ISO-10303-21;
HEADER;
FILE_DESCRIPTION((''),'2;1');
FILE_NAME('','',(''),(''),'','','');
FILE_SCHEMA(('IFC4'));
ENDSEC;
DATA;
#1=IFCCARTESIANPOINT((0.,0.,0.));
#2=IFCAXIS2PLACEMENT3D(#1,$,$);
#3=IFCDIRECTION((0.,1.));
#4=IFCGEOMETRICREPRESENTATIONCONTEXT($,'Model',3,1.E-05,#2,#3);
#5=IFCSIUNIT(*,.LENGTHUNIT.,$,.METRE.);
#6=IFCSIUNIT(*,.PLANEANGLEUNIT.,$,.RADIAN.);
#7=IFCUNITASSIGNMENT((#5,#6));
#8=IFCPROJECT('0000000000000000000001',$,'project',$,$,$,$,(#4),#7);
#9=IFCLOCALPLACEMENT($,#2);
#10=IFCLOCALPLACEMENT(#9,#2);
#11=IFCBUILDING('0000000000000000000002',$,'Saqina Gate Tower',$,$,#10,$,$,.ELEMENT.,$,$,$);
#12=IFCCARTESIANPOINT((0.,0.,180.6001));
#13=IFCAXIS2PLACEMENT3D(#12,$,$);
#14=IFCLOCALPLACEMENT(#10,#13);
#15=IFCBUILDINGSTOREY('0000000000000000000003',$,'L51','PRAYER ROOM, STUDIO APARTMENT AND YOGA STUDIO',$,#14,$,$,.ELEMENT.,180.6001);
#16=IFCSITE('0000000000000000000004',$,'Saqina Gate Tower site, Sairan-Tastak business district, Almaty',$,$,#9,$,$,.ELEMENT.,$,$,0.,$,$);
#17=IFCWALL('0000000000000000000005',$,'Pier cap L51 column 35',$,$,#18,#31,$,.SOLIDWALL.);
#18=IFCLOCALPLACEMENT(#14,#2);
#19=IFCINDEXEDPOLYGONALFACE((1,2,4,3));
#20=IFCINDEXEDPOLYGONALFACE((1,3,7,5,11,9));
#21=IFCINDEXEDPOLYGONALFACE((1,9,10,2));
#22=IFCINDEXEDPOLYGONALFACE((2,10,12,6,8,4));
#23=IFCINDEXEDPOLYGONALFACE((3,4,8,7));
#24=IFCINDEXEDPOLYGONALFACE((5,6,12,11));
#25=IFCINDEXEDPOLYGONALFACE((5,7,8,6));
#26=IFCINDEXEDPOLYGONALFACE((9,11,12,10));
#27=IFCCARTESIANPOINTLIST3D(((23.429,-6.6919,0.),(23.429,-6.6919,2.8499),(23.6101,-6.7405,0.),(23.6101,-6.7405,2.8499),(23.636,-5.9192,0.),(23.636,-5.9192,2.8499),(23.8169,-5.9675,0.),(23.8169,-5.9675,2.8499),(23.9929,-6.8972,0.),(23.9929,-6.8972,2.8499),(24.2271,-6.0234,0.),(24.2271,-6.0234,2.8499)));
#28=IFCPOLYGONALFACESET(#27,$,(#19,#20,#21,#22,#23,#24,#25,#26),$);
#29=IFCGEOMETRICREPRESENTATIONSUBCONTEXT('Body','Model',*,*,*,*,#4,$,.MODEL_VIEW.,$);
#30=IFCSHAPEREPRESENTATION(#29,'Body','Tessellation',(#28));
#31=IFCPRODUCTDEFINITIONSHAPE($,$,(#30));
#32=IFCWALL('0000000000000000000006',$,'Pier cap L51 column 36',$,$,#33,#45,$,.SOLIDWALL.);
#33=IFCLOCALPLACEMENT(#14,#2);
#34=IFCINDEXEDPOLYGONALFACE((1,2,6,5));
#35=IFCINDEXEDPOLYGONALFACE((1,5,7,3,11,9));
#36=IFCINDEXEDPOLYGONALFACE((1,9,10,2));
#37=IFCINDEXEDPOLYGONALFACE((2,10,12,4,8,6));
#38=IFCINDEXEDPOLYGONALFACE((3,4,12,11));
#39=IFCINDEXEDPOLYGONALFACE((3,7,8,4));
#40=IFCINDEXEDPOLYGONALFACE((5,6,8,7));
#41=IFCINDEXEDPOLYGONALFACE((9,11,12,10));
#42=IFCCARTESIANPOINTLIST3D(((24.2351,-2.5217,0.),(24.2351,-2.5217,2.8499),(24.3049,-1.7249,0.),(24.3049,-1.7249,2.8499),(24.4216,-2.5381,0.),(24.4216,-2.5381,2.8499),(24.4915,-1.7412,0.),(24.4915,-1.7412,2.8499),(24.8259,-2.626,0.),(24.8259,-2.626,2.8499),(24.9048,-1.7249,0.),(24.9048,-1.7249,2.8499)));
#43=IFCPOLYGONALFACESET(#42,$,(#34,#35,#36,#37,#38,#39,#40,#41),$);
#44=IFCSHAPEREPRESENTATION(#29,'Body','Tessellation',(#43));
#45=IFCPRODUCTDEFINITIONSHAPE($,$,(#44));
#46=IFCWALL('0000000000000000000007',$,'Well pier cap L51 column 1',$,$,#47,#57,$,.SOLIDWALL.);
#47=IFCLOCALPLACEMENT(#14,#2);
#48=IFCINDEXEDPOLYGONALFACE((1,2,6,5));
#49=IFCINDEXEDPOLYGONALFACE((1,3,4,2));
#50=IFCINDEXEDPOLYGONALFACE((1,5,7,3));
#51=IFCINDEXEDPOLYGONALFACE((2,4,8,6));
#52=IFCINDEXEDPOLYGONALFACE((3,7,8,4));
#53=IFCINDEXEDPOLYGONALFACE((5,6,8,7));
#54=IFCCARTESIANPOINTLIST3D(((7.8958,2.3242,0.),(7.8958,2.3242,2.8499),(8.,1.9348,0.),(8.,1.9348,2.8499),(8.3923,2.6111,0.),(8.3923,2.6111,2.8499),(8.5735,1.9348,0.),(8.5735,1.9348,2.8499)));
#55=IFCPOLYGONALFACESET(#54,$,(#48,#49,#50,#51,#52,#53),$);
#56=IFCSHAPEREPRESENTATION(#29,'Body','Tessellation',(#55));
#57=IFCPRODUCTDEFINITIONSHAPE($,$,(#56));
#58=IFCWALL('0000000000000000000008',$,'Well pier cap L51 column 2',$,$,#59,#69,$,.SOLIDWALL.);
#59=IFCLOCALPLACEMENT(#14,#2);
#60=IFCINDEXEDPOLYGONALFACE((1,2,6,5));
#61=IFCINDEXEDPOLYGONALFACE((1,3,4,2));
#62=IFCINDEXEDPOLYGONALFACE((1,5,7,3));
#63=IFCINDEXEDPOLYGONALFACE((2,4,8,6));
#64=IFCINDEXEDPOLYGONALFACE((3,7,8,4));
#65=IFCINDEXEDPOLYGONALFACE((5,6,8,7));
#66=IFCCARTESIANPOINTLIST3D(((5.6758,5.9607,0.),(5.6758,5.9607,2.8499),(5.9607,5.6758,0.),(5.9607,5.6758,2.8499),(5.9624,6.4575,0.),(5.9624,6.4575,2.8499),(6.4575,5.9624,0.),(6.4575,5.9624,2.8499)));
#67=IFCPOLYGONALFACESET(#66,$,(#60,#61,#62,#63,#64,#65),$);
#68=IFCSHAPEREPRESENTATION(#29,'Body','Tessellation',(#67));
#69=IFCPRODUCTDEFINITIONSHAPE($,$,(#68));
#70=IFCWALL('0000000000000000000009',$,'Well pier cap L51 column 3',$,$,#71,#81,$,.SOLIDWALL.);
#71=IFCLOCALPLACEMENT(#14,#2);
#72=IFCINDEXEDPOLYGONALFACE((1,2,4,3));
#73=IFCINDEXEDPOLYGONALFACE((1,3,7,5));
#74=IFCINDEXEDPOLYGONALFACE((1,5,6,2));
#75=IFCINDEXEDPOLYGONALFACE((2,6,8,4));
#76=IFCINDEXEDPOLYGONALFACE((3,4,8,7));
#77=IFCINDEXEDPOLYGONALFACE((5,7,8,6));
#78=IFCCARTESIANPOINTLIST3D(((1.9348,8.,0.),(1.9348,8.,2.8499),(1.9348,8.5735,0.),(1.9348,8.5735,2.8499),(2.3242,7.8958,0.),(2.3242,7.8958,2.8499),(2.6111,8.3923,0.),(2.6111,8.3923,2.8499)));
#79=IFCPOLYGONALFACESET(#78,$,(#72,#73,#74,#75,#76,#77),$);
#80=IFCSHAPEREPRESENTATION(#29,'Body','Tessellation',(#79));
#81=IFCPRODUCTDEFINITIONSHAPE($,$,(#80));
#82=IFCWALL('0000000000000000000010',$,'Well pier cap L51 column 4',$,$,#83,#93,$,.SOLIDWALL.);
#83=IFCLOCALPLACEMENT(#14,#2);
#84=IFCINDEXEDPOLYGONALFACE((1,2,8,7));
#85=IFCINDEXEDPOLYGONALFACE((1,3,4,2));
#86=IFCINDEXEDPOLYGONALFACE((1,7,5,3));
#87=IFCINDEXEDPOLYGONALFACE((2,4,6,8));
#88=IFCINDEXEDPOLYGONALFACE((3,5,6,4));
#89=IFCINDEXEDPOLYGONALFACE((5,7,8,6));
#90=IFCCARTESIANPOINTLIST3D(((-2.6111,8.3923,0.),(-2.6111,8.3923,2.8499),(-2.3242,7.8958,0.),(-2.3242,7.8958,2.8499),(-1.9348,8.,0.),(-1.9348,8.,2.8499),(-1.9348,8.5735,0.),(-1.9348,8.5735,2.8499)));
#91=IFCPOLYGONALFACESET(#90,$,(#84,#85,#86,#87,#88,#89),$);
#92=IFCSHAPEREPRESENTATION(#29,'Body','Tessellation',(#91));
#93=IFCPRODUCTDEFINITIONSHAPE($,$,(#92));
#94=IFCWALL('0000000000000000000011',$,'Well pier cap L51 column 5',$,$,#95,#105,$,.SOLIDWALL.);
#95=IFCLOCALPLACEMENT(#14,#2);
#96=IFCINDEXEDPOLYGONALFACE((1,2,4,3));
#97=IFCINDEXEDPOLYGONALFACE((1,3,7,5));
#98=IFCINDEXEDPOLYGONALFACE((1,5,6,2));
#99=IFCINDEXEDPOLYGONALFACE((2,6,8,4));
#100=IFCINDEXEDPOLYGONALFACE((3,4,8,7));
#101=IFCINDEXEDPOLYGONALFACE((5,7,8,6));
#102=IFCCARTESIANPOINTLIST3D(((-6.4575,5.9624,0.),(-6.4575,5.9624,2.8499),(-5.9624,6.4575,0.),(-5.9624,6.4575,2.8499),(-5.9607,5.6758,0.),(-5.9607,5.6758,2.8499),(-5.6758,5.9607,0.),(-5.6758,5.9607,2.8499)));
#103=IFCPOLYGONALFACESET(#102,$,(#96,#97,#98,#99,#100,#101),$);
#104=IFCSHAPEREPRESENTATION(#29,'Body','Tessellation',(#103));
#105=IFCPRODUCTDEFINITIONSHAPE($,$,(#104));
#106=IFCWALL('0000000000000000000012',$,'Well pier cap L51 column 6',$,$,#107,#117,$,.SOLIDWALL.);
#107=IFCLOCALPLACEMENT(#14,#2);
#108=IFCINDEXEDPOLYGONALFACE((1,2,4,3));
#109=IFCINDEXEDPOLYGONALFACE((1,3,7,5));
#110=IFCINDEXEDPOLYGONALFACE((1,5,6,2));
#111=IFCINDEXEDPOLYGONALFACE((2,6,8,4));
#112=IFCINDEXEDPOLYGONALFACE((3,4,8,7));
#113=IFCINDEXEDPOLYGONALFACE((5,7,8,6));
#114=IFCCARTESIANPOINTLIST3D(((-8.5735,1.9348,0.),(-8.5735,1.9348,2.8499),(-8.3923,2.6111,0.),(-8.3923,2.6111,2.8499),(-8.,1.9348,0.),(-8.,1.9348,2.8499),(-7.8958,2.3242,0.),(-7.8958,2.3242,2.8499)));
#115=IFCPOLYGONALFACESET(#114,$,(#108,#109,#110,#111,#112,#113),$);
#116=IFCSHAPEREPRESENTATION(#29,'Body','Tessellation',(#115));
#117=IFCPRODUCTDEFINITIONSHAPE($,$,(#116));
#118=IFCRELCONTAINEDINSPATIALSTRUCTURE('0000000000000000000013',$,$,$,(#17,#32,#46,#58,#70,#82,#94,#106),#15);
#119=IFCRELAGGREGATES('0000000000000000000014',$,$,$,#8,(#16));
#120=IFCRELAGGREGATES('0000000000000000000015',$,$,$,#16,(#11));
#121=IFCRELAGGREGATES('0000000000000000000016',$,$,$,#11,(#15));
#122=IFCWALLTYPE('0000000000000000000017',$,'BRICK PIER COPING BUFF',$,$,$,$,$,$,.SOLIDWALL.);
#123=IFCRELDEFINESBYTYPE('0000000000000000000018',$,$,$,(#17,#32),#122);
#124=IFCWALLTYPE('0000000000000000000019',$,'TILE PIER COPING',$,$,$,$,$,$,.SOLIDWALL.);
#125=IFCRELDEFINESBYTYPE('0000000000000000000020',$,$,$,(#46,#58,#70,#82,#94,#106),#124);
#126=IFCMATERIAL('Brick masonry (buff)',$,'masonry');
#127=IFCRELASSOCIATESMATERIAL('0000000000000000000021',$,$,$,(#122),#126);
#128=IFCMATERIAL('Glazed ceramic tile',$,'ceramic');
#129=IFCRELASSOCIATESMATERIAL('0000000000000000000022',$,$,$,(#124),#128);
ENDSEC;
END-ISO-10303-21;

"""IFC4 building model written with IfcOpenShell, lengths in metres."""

from ifc_helpers import new_model, si_unit, direction, frame, origin, place, context, subcontext, project, spatial, polyline, outline, extrude, material, type_object, element, save


model = new_model("IFC4")

# Units and contexts
model_context = context("Model", 3, precision=1e-05, world=origin(), true_north=direction((0.0, 1.0)))
body_context = subcontext(model_context, "Body", "Model", "MODEL_VIEW")
ifc_project = project(units=[si_unit("LENGTHUNIT", "METRE"), si_unit("PLANEANGLEUNIT", "RADIAN")], contexts=[model_context])

# Site, building, storey
site_placement = place(None, origin())
site = spatial("IfcSite", under=ifc_project, at=site_placement, Name="Saqina Gate Tower site, Sairan-Tastak business district, Almaty", CompositionType="ELEMENT", RefElevation=0.0)
building_placement = place(site_placement, origin())
building = spatial("IfcBuilding", under=site, at=building_placement, Name="Saqina Gate Tower", CompositionType="ELEMENT")
storey_placement = place(building_placement, frame((0.0, 0.0, 180.6001)))
storey = spatial("IfcBuildingStorey", under=building, at=storey_placement, Name="L51", Description="PRAYER ROOM, STUDIO APARTMENT AND YOGA STUDIO", CompositionType="ELEMENT", Elevation=180.6001)

# Walls
ifc_material_1 = material(Name="Brick masonry (buff)", Category="masonry")
wall_type_1 = type_object("IfcWallType", Name="BRICK PIER COPING BUFF", PredefinedType="SOLIDWALL", material=ifc_material_1)
wall_1_placement = place(storey_placement, origin())
element("IfcWall", 1, at=wall_1_placement, inside=storey, type_object=wall_type_1, Name="Pier cap L51 column 35", PredefinedType="SOLIDWALL", context=body_context, shape_type="SweptSolid", body=[
    extrude(outline(polyline([(24.2271, -6.0234), (23.636, -5.9192), (23.8169, -5.9675), (23.6101, -6.7405), (23.429, -6.6919), (23.9929, -6.8972), (24.2271, -6.0234)])), origin(), (0.0, 0.0, 1.0), 2.8499),
])
wall_2_placement = place(storey_placement, origin())
element("IfcWall", 2, at=wall_2_placement, inside=storey, type_object=wall_type_1, Name="Pier cap L51 column 36", PredefinedType="SOLIDWALL", context=body_context, shape_type="SweptSolid", body=[
    extrude(outline(polyline([(24.8259, -2.626), (24.9048, -1.7249), (24.3049, -1.7249), (24.4915, -1.7412), (24.4216, -2.5381), (24.2351, -2.5217), (24.8259, -2.626)])), origin(), (0.0, 0.0, 1.0), 2.8499),
])
ifc_material_2 = material(Name="Glazed ceramic tile", Category="ceramic")
wall_type_2 = type_object("IfcWallType", Name="TILE PIER COPING", PredefinedType="SOLIDWALL", material=ifc_material_2)
wall_3_placement = place(storey_placement, origin())
element("IfcWall", 3, at=wall_3_placement, inside=storey, type_object=wall_type_2, Name="Well pier cap L51 column 1", PredefinedType="SOLIDWALL", context=body_context, shape_type="SweptSolid", body=[
    extrude(outline(polyline([(8.3923, 2.6111), (7.8958, 2.3242), (8.0, 1.9348), (8.5735, 1.9348), (8.3923, 2.6111)])), origin(), (0.0, 0.0, 1.0), 2.8499),
])
wall_4_placement = place(storey_placement, origin())
element("IfcWall", 4, at=wall_4_placement, inside=storey, type_object=wall_type_2, Name="Well pier cap L51 column 2", PredefinedType="SOLIDWALL", context=body_context, shape_type="SweptSolid", body=[
    extrude(outline(polyline([(5.9624, 6.4575), (5.6758, 5.9607), (5.9607, 5.6758), (6.4575, 5.9624), (5.9624, 6.4575)])), origin(), (0.0, 0.0, 1.0), 2.8499),
])
wall_5_placement = place(storey_placement, origin())
element("IfcWall", 5, at=wall_5_placement, inside=storey, type_object=wall_type_2, Name="Well pier cap L51 column 3", PredefinedType="SOLIDWALL", context=body_context, shape_type="SweptSolid", body=[
    extrude(outline(polyline([(1.9348, 8.5735), (1.9348, 8.0), (2.3242, 7.8958), (2.6111, 8.3923), (1.9348, 8.5735)])), origin(), (0.0, 0.0, 1.0), 2.8499),
])
wall_6_placement = place(storey_placement, origin())
element("IfcWall", 6, at=wall_6_placement, inside=storey, type_object=wall_type_2, Name="Well pier cap L51 column 4", PredefinedType="SOLIDWALL", context=body_context, shape_type="SweptSolid", body=[
    extrude(outline(polyline([(-1.9348, 8.0), (-1.9348, 8.5735), (-2.6111, 8.3923), (-2.3242, 7.8958), (-1.9348, 8.0)])), origin(), (0.0, 0.0, 1.0), 2.8499),
])
wall_7_placement = place(storey_placement, origin())
element("IfcWall", 7, at=wall_7_placement, inside=storey, type_object=wall_type_2, Name="Well pier cap L51 column 5", PredefinedType="SOLIDWALL", context=body_context, shape_type="SweptSolid", body=[
    extrude(outline(polyline([(-6.4575, 5.9624), (-5.9607, 5.6758), (-5.6758, 5.9607), (-5.9624, 6.4575), (-6.4575, 5.9624)])), origin(), (0.0, 0.0, 1.0), 2.8499),
])
wall_8_placement = place(storey_placement, origin())
element("IfcWall", 8, at=wall_8_placement, inside=storey, type_object=wall_type_2, Name="Well pier cap L51 column 6", PredefinedType="SOLIDWALL", context=body_context, shape_type="SweptSolid", body=[
    extrude(outline(polyline([(-8.5735, 1.9348), (-8.0, 1.9348), (-7.8958, 2.3242), (-8.3923, 2.6111), (-8.5735, 1.9348)])), origin(), (0.0, 0.0, 1.0), 2.8499),
])

save(model, "model.ifc")
